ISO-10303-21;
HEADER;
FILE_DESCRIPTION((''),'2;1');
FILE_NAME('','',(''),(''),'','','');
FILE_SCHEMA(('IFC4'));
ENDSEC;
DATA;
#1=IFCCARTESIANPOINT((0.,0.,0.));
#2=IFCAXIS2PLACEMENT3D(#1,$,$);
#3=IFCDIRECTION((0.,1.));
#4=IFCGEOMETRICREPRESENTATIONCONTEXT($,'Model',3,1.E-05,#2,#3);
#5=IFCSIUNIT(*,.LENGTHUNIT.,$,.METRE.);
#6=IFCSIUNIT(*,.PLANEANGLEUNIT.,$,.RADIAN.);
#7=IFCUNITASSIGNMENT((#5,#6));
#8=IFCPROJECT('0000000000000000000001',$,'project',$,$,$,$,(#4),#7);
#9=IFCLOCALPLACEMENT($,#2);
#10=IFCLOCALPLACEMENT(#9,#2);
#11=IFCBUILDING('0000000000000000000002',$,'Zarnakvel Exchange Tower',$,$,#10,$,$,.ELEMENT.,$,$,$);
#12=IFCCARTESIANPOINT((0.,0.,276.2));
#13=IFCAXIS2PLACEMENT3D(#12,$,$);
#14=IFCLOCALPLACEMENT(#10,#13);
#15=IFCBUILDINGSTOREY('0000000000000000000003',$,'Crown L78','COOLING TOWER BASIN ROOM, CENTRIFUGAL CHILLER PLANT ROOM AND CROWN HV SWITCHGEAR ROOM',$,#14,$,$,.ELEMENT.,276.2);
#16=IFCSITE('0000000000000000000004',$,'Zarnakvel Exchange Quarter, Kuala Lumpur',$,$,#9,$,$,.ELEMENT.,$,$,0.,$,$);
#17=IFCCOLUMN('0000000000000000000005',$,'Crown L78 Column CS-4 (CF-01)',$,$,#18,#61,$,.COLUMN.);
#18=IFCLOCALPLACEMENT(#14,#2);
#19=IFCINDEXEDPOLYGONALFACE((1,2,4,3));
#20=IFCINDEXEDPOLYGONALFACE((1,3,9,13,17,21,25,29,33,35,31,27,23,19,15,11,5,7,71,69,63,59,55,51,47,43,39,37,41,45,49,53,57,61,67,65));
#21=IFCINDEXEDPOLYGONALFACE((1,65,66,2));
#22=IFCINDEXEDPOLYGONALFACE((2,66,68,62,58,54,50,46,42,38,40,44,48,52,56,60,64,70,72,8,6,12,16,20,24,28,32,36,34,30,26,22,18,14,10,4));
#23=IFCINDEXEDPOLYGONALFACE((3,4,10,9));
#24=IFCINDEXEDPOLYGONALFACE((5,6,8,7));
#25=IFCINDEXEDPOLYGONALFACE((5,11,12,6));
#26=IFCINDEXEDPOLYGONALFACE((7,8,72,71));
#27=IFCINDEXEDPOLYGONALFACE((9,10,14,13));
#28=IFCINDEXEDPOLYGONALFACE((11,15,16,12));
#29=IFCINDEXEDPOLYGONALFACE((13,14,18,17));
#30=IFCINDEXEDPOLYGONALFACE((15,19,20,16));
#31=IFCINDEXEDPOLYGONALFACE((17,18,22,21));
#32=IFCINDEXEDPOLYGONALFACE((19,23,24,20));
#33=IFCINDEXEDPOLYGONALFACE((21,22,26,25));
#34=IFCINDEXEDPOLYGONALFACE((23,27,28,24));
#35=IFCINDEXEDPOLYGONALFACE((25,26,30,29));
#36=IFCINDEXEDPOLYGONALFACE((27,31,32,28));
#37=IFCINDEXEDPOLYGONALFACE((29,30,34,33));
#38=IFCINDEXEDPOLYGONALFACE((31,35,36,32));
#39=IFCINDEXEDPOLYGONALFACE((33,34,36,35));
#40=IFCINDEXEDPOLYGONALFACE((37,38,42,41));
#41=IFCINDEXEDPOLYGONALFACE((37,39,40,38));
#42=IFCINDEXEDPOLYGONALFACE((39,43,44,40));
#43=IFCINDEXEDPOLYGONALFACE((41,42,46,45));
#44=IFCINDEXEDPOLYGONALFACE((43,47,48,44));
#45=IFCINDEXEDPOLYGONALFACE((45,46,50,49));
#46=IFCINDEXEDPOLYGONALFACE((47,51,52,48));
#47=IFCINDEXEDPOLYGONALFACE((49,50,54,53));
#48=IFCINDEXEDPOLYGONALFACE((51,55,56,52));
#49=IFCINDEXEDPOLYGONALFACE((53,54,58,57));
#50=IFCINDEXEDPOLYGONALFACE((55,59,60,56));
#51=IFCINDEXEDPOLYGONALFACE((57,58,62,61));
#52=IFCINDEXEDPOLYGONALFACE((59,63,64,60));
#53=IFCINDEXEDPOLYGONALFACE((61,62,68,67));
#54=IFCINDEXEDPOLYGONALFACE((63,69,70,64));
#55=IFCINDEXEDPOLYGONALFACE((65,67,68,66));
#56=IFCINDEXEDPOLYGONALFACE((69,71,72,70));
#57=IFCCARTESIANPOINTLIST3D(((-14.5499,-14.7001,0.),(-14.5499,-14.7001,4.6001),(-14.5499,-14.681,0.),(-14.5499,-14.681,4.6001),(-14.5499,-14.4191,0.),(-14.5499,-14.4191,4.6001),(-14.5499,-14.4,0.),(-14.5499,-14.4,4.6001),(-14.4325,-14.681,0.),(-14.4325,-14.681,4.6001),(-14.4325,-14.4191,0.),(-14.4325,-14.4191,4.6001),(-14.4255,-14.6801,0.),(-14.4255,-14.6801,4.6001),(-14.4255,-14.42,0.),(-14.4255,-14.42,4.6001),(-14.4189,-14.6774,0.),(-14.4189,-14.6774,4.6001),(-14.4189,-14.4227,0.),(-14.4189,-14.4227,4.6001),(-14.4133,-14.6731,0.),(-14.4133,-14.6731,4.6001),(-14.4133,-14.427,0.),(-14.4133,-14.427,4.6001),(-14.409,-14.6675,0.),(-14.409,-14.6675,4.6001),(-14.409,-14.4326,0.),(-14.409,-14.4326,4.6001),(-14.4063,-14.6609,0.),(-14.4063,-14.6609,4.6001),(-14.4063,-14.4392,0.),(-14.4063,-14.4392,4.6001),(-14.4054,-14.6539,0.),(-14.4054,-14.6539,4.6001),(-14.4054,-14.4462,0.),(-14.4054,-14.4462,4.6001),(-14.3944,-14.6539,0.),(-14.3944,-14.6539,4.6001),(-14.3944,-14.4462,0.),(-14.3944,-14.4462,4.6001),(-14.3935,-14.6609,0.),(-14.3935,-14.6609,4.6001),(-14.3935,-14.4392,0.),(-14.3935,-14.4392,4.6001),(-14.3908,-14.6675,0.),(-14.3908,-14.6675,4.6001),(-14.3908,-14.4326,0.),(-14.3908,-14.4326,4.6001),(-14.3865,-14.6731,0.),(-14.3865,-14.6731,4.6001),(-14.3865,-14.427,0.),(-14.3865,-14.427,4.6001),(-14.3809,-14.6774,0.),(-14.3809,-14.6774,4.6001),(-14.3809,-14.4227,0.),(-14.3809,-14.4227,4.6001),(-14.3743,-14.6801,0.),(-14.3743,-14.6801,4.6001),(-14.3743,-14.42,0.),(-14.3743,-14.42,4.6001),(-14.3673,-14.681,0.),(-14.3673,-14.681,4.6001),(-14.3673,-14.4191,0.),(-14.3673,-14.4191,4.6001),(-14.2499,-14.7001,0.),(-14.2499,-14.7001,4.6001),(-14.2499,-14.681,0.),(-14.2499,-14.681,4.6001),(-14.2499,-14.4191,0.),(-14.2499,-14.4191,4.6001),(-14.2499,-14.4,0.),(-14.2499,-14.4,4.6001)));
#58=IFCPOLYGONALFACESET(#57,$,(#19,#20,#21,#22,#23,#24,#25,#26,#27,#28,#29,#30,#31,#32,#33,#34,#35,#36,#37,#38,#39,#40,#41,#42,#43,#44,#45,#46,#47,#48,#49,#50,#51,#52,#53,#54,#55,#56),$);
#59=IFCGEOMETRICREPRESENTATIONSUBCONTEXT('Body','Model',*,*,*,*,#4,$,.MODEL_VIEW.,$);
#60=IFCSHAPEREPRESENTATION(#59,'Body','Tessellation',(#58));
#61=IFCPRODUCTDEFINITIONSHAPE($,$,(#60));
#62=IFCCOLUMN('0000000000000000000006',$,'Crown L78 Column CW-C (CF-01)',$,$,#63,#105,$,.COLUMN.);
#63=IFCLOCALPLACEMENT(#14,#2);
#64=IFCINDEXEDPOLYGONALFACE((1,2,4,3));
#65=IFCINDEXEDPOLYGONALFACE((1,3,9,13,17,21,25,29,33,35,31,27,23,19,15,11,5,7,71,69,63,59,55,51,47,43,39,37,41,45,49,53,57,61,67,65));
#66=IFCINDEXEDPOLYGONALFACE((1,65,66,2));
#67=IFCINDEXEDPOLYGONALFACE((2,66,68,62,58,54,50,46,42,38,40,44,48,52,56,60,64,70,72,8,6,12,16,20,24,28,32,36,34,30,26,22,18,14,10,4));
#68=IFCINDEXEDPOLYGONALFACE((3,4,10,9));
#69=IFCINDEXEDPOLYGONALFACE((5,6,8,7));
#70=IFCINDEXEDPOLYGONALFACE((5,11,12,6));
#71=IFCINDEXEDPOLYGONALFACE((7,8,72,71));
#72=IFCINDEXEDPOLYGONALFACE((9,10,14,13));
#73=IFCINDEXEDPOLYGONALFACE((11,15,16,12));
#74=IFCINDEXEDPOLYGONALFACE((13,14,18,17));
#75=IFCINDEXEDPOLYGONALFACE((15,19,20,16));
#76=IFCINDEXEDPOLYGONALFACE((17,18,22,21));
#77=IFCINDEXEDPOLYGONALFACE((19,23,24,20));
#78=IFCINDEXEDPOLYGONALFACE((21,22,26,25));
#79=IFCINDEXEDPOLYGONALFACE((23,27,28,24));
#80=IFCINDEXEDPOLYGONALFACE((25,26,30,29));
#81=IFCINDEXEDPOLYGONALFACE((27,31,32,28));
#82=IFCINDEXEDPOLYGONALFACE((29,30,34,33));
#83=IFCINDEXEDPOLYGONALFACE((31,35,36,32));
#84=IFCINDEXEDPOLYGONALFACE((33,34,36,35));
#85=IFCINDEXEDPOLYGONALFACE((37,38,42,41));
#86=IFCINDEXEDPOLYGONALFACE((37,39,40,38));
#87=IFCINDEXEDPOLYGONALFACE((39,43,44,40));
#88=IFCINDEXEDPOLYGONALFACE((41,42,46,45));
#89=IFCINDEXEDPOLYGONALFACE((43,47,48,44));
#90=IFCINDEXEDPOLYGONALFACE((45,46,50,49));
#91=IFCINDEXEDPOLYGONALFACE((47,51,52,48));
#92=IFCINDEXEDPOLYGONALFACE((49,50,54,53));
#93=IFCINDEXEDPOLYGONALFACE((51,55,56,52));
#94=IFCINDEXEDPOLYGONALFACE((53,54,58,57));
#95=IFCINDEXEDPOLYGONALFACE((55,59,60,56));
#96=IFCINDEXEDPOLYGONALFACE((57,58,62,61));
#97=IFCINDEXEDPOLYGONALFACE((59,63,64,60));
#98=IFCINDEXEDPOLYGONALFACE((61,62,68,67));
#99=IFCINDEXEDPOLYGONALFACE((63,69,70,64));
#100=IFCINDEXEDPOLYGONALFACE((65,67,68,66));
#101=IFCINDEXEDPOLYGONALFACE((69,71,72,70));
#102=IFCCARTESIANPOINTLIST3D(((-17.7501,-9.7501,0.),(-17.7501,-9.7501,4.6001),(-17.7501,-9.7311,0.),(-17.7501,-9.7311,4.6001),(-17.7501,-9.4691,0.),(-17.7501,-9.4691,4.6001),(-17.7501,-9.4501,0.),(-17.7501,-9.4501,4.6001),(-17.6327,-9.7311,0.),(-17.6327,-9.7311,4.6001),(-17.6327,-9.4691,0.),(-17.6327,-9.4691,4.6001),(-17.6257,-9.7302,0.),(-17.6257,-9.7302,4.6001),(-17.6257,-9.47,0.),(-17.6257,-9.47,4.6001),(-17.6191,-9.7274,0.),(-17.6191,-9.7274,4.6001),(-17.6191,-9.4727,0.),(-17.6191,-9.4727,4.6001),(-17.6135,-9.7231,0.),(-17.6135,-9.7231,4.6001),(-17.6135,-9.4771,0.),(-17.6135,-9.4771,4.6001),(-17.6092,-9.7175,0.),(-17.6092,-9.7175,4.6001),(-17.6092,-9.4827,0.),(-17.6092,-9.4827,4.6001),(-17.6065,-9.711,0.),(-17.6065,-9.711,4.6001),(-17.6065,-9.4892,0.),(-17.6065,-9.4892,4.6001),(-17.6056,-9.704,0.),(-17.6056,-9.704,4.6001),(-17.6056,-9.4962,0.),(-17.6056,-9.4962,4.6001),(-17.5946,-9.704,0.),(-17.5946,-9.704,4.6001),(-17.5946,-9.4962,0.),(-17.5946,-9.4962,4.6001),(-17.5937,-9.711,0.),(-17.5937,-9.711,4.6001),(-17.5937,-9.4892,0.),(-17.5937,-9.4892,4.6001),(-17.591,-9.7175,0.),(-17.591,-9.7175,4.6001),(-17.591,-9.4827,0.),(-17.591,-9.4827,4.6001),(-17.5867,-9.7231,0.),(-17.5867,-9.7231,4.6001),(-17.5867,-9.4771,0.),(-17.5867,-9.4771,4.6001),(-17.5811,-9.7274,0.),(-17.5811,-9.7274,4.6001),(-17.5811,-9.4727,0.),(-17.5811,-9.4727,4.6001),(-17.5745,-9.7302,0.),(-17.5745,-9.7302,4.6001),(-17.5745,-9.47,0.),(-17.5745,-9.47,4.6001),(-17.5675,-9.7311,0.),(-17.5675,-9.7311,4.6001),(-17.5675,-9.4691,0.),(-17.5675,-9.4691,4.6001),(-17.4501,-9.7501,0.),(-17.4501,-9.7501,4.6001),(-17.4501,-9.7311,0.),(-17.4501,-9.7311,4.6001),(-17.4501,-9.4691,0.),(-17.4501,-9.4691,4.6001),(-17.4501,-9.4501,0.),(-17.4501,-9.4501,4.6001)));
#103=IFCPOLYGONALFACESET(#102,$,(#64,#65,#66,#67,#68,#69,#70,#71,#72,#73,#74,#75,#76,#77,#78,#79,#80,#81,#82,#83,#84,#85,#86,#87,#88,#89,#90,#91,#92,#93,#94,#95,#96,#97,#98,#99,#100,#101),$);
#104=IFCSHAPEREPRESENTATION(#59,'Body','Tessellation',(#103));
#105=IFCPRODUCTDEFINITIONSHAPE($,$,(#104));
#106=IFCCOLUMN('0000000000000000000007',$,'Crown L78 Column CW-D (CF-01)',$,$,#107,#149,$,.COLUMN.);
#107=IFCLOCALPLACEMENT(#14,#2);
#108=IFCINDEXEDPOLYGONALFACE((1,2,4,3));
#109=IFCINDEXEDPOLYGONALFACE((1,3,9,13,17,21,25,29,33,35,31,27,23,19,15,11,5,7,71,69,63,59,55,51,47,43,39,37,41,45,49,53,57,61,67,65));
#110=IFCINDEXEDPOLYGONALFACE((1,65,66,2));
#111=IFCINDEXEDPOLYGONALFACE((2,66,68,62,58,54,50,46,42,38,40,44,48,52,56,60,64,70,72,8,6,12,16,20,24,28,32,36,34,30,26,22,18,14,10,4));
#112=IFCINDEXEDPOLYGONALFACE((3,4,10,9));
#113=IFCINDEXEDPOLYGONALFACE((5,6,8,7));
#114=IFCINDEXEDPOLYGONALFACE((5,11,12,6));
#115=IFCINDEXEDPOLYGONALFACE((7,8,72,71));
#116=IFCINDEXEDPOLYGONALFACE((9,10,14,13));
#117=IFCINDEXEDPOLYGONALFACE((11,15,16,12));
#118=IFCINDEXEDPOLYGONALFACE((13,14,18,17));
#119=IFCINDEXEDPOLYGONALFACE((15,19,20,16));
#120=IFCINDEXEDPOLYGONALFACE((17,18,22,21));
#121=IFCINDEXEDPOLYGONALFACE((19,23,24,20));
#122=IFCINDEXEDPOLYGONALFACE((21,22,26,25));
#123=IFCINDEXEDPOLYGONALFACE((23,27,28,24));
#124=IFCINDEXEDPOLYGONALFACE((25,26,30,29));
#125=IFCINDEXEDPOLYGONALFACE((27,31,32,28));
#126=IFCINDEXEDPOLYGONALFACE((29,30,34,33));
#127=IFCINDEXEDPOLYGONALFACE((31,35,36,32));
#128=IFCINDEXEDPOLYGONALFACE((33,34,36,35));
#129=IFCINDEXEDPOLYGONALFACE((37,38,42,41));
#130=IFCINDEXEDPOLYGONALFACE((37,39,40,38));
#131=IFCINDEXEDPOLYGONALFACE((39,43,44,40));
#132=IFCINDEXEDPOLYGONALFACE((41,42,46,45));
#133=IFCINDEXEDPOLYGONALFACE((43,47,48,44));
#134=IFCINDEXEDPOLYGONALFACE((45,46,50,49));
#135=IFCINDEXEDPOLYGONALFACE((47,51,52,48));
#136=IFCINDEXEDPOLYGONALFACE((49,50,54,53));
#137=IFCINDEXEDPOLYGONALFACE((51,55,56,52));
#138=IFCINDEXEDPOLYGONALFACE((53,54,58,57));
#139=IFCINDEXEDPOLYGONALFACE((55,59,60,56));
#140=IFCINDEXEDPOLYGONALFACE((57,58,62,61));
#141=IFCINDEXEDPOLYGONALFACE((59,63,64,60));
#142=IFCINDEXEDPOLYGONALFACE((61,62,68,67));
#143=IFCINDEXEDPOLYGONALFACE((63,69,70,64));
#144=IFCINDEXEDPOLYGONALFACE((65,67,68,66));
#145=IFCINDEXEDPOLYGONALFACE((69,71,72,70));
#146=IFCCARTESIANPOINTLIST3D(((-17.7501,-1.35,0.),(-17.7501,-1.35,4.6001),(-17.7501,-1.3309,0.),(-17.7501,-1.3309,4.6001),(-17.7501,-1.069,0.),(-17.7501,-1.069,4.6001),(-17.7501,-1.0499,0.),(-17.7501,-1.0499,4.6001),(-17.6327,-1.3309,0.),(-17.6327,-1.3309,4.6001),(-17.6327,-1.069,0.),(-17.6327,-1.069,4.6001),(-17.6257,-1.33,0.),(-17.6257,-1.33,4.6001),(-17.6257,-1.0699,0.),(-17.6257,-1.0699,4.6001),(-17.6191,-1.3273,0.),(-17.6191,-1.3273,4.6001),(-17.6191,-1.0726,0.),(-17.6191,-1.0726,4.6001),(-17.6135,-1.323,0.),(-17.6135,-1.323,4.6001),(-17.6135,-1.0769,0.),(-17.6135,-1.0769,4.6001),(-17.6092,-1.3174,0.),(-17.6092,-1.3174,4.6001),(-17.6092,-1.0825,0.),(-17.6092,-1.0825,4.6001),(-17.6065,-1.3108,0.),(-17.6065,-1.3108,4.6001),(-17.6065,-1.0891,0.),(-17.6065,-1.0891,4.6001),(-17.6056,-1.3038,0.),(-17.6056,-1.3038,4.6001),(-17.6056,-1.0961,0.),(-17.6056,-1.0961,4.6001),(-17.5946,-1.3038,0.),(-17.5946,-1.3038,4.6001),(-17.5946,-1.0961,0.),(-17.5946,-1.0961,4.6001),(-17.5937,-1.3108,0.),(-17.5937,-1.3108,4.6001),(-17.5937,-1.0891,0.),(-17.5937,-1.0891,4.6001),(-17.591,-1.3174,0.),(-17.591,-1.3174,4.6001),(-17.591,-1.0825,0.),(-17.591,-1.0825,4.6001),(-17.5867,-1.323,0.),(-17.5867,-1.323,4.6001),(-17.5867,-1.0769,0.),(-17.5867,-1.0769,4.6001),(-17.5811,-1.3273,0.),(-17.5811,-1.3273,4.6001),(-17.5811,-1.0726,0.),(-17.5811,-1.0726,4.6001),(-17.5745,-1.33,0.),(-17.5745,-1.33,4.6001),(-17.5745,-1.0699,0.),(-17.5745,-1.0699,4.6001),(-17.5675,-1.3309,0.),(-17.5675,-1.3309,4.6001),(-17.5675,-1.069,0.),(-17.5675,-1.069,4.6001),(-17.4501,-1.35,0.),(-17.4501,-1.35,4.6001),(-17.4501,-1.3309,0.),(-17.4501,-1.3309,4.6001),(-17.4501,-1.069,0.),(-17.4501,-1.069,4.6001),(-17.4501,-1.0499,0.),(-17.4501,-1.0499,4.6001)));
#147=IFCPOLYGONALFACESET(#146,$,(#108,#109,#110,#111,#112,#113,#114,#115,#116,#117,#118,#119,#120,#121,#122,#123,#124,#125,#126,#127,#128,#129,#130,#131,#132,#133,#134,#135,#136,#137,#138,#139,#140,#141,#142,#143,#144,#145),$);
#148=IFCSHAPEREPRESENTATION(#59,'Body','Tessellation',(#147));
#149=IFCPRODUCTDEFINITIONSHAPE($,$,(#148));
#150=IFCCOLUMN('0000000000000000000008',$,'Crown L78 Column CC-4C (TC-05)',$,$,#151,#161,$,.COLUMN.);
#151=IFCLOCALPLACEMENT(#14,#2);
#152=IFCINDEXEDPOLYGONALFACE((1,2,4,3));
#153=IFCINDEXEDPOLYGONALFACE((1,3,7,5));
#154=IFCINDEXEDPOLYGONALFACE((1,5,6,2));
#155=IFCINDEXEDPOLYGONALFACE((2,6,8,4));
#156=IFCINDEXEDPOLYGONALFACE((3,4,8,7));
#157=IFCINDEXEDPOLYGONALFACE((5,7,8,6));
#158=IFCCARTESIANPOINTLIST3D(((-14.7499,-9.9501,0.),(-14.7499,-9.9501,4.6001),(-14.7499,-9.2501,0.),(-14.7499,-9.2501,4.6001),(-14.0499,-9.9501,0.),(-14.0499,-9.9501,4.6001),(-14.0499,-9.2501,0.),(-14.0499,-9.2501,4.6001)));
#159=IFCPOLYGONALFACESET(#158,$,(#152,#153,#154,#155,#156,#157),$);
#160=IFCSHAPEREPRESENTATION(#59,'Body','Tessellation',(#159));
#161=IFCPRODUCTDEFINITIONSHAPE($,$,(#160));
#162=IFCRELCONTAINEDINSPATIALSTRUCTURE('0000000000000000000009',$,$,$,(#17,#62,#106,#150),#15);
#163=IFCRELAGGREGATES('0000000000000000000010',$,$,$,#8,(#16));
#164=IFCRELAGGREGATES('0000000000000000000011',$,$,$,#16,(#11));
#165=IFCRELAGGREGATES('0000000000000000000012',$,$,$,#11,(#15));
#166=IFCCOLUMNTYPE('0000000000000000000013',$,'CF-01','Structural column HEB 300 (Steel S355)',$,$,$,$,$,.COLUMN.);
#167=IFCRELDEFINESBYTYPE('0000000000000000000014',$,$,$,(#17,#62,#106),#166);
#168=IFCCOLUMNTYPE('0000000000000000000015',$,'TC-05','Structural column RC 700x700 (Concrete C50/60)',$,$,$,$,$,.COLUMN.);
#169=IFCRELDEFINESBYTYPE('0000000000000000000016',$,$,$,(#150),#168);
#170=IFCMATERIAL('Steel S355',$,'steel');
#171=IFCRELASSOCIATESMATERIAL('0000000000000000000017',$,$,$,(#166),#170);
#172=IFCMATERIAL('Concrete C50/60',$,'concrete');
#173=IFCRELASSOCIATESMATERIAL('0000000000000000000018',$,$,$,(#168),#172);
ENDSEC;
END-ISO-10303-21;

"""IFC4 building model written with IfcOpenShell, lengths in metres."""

from ifc_helpers import new_model, si_unit, direction, frame, origin, origin_2d, place, context, subcontext, project, spatial, rectangle, i_section, extrude, material, material_profile, profile_set, type_object, element, save


model = new_model("IFC4")

# Units and contexts
model_context = context("Model", 3, precision=1e-05, world=origin(), true_north=direction((0.0, 1.0)))
body_context = subcontext(model_context, "Body", "Model", "MODEL_VIEW")
ifc_project = project(units=[si_unit("LENGTHUNIT", "METRE"), si_unit("PLANEANGLEUNIT", "RADIAN")], contexts=[model_context])

# Site, building, storey
site_placement = place(None, origin())
site = spatial("IfcSite", under=ifc_project, at=site_placement, Name="Zarnakvel Exchange Quarter, Kuala Lumpur", CompositionType="ELEMENT", RefElevation=0.0)
building_placement = place(site_placement, origin())
building = spatial("IfcBuilding", under=site, at=building_placement, Name="Zarnakvel Exchange Tower", CompositionType="ELEMENT")
storey_placement = place(building_placement, frame((0.0, 0.0, 276.2)))
storey = spatial("IfcBuildingStorey", under=building, at=storey_placement, Name="Crown L78", Description="COOLING TOWER BASIN ROOM, CENTRIFUGAL CHILLER PLANT ROOM AND CROWN HV SWITCHGEAR ROOM", CompositionType="ELEMENT", Elevation=276.2)

# Columns
ifc_material_1 = material(Name="Steel S355", Category="steel")
ifc_material_profile_1 = material_profile(ifc_material_1, i_section(OverallWidth=0.3, OverallDepth=0.3, WebThickness=0.011, FlangeThickness=0.019, FilletRadius=0.0271, at=origin_2d()))
ifc_profile_set_1 = profile_set([ifc_material_profile_1], Name="Steel S355")
column_type_1 = type_object("IfcColumnType", Name="CF-01", Description="Structural column HEB 300 (Steel S355)", PredefinedType="COLUMN", material=ifc_profile_set_1)
for number, where, z_axis, x_axis, name in (
    (1, (-14.3999, -14.55, 0.0), (0.0, 0.0, 1.0), (1.0, 0.0, 0.0), "Crown L78 Column CS-4 (CF-01)"),
    (2, (-17.6001, -9.6001, 0.0), (0.0, 0.0, 1.0), (1.0, 0.0, 0.0), "Crown L78 Column CW-C (CF-01)"),
    (3, (-17.6001, -1.2, 0.0), (0.0, 0.0, 1.0), (1.0, 0.0, 0.0), "Crown L78 Column CW-D (CF-01)"),
):
    element("IfcColumn", number, at=place(storey_placement, frame(where, z_axis=z_axis, x_axis=x_axis)), inside=storey, type_object=column_type_1, Name=name, PredefinedType="COLUMN", context=body_context, shape_type="SweptSolid", body=[
        extrude(i_section(OverallWidth=0.3, OverallDepth=0.3, WebThickness=0.011, FlangeThickness=0.019, FilletRadius=0.0271, at=origin_2d()), origin(), (0.0, 0.0, 1.0), 4.6001),
    ])
ifc_material_2 = material(Name="Concrete C50/60", Category="concrete")
ifc_material_profile_2 = material_profile(ifc_material_2, rectangle(XDim=0.7, YDim=0.7, at=origin_2d()))
ifc_profile_set_2 = profile_set([ifc_material_profile_2], Name="Concrete C50/60")
column_type_2 = type_object("IfcColumnType", Name="TC-05", Description="Structural column RC 700x700 (Concrete C50/60)", PredefinedType="COLUMN", material=ifc_profile_set_2)
column_placement = place(storey_placement, frame((-14.3999, -9.6001, 0.0), z_axis=(0.0, 0.0, 1.0), x_axis=(1.0, 0.0, 0.0)))
element("IfcColumn", 4, at=column_placement, inside=storey, type_object=column_type_2, Name="Crown L78 Column CC-4C (TC-05)", PredefinedType="COLUMN", context=body_context, shape_type="SweptSolid", body=[
    extrude(rectangle(XDim=0.7, YDim=0.7, at=origin_2d()), origin(), (0.0, 0.0, 1.0), 4.6001),
])

save(model, "model.ifc")
